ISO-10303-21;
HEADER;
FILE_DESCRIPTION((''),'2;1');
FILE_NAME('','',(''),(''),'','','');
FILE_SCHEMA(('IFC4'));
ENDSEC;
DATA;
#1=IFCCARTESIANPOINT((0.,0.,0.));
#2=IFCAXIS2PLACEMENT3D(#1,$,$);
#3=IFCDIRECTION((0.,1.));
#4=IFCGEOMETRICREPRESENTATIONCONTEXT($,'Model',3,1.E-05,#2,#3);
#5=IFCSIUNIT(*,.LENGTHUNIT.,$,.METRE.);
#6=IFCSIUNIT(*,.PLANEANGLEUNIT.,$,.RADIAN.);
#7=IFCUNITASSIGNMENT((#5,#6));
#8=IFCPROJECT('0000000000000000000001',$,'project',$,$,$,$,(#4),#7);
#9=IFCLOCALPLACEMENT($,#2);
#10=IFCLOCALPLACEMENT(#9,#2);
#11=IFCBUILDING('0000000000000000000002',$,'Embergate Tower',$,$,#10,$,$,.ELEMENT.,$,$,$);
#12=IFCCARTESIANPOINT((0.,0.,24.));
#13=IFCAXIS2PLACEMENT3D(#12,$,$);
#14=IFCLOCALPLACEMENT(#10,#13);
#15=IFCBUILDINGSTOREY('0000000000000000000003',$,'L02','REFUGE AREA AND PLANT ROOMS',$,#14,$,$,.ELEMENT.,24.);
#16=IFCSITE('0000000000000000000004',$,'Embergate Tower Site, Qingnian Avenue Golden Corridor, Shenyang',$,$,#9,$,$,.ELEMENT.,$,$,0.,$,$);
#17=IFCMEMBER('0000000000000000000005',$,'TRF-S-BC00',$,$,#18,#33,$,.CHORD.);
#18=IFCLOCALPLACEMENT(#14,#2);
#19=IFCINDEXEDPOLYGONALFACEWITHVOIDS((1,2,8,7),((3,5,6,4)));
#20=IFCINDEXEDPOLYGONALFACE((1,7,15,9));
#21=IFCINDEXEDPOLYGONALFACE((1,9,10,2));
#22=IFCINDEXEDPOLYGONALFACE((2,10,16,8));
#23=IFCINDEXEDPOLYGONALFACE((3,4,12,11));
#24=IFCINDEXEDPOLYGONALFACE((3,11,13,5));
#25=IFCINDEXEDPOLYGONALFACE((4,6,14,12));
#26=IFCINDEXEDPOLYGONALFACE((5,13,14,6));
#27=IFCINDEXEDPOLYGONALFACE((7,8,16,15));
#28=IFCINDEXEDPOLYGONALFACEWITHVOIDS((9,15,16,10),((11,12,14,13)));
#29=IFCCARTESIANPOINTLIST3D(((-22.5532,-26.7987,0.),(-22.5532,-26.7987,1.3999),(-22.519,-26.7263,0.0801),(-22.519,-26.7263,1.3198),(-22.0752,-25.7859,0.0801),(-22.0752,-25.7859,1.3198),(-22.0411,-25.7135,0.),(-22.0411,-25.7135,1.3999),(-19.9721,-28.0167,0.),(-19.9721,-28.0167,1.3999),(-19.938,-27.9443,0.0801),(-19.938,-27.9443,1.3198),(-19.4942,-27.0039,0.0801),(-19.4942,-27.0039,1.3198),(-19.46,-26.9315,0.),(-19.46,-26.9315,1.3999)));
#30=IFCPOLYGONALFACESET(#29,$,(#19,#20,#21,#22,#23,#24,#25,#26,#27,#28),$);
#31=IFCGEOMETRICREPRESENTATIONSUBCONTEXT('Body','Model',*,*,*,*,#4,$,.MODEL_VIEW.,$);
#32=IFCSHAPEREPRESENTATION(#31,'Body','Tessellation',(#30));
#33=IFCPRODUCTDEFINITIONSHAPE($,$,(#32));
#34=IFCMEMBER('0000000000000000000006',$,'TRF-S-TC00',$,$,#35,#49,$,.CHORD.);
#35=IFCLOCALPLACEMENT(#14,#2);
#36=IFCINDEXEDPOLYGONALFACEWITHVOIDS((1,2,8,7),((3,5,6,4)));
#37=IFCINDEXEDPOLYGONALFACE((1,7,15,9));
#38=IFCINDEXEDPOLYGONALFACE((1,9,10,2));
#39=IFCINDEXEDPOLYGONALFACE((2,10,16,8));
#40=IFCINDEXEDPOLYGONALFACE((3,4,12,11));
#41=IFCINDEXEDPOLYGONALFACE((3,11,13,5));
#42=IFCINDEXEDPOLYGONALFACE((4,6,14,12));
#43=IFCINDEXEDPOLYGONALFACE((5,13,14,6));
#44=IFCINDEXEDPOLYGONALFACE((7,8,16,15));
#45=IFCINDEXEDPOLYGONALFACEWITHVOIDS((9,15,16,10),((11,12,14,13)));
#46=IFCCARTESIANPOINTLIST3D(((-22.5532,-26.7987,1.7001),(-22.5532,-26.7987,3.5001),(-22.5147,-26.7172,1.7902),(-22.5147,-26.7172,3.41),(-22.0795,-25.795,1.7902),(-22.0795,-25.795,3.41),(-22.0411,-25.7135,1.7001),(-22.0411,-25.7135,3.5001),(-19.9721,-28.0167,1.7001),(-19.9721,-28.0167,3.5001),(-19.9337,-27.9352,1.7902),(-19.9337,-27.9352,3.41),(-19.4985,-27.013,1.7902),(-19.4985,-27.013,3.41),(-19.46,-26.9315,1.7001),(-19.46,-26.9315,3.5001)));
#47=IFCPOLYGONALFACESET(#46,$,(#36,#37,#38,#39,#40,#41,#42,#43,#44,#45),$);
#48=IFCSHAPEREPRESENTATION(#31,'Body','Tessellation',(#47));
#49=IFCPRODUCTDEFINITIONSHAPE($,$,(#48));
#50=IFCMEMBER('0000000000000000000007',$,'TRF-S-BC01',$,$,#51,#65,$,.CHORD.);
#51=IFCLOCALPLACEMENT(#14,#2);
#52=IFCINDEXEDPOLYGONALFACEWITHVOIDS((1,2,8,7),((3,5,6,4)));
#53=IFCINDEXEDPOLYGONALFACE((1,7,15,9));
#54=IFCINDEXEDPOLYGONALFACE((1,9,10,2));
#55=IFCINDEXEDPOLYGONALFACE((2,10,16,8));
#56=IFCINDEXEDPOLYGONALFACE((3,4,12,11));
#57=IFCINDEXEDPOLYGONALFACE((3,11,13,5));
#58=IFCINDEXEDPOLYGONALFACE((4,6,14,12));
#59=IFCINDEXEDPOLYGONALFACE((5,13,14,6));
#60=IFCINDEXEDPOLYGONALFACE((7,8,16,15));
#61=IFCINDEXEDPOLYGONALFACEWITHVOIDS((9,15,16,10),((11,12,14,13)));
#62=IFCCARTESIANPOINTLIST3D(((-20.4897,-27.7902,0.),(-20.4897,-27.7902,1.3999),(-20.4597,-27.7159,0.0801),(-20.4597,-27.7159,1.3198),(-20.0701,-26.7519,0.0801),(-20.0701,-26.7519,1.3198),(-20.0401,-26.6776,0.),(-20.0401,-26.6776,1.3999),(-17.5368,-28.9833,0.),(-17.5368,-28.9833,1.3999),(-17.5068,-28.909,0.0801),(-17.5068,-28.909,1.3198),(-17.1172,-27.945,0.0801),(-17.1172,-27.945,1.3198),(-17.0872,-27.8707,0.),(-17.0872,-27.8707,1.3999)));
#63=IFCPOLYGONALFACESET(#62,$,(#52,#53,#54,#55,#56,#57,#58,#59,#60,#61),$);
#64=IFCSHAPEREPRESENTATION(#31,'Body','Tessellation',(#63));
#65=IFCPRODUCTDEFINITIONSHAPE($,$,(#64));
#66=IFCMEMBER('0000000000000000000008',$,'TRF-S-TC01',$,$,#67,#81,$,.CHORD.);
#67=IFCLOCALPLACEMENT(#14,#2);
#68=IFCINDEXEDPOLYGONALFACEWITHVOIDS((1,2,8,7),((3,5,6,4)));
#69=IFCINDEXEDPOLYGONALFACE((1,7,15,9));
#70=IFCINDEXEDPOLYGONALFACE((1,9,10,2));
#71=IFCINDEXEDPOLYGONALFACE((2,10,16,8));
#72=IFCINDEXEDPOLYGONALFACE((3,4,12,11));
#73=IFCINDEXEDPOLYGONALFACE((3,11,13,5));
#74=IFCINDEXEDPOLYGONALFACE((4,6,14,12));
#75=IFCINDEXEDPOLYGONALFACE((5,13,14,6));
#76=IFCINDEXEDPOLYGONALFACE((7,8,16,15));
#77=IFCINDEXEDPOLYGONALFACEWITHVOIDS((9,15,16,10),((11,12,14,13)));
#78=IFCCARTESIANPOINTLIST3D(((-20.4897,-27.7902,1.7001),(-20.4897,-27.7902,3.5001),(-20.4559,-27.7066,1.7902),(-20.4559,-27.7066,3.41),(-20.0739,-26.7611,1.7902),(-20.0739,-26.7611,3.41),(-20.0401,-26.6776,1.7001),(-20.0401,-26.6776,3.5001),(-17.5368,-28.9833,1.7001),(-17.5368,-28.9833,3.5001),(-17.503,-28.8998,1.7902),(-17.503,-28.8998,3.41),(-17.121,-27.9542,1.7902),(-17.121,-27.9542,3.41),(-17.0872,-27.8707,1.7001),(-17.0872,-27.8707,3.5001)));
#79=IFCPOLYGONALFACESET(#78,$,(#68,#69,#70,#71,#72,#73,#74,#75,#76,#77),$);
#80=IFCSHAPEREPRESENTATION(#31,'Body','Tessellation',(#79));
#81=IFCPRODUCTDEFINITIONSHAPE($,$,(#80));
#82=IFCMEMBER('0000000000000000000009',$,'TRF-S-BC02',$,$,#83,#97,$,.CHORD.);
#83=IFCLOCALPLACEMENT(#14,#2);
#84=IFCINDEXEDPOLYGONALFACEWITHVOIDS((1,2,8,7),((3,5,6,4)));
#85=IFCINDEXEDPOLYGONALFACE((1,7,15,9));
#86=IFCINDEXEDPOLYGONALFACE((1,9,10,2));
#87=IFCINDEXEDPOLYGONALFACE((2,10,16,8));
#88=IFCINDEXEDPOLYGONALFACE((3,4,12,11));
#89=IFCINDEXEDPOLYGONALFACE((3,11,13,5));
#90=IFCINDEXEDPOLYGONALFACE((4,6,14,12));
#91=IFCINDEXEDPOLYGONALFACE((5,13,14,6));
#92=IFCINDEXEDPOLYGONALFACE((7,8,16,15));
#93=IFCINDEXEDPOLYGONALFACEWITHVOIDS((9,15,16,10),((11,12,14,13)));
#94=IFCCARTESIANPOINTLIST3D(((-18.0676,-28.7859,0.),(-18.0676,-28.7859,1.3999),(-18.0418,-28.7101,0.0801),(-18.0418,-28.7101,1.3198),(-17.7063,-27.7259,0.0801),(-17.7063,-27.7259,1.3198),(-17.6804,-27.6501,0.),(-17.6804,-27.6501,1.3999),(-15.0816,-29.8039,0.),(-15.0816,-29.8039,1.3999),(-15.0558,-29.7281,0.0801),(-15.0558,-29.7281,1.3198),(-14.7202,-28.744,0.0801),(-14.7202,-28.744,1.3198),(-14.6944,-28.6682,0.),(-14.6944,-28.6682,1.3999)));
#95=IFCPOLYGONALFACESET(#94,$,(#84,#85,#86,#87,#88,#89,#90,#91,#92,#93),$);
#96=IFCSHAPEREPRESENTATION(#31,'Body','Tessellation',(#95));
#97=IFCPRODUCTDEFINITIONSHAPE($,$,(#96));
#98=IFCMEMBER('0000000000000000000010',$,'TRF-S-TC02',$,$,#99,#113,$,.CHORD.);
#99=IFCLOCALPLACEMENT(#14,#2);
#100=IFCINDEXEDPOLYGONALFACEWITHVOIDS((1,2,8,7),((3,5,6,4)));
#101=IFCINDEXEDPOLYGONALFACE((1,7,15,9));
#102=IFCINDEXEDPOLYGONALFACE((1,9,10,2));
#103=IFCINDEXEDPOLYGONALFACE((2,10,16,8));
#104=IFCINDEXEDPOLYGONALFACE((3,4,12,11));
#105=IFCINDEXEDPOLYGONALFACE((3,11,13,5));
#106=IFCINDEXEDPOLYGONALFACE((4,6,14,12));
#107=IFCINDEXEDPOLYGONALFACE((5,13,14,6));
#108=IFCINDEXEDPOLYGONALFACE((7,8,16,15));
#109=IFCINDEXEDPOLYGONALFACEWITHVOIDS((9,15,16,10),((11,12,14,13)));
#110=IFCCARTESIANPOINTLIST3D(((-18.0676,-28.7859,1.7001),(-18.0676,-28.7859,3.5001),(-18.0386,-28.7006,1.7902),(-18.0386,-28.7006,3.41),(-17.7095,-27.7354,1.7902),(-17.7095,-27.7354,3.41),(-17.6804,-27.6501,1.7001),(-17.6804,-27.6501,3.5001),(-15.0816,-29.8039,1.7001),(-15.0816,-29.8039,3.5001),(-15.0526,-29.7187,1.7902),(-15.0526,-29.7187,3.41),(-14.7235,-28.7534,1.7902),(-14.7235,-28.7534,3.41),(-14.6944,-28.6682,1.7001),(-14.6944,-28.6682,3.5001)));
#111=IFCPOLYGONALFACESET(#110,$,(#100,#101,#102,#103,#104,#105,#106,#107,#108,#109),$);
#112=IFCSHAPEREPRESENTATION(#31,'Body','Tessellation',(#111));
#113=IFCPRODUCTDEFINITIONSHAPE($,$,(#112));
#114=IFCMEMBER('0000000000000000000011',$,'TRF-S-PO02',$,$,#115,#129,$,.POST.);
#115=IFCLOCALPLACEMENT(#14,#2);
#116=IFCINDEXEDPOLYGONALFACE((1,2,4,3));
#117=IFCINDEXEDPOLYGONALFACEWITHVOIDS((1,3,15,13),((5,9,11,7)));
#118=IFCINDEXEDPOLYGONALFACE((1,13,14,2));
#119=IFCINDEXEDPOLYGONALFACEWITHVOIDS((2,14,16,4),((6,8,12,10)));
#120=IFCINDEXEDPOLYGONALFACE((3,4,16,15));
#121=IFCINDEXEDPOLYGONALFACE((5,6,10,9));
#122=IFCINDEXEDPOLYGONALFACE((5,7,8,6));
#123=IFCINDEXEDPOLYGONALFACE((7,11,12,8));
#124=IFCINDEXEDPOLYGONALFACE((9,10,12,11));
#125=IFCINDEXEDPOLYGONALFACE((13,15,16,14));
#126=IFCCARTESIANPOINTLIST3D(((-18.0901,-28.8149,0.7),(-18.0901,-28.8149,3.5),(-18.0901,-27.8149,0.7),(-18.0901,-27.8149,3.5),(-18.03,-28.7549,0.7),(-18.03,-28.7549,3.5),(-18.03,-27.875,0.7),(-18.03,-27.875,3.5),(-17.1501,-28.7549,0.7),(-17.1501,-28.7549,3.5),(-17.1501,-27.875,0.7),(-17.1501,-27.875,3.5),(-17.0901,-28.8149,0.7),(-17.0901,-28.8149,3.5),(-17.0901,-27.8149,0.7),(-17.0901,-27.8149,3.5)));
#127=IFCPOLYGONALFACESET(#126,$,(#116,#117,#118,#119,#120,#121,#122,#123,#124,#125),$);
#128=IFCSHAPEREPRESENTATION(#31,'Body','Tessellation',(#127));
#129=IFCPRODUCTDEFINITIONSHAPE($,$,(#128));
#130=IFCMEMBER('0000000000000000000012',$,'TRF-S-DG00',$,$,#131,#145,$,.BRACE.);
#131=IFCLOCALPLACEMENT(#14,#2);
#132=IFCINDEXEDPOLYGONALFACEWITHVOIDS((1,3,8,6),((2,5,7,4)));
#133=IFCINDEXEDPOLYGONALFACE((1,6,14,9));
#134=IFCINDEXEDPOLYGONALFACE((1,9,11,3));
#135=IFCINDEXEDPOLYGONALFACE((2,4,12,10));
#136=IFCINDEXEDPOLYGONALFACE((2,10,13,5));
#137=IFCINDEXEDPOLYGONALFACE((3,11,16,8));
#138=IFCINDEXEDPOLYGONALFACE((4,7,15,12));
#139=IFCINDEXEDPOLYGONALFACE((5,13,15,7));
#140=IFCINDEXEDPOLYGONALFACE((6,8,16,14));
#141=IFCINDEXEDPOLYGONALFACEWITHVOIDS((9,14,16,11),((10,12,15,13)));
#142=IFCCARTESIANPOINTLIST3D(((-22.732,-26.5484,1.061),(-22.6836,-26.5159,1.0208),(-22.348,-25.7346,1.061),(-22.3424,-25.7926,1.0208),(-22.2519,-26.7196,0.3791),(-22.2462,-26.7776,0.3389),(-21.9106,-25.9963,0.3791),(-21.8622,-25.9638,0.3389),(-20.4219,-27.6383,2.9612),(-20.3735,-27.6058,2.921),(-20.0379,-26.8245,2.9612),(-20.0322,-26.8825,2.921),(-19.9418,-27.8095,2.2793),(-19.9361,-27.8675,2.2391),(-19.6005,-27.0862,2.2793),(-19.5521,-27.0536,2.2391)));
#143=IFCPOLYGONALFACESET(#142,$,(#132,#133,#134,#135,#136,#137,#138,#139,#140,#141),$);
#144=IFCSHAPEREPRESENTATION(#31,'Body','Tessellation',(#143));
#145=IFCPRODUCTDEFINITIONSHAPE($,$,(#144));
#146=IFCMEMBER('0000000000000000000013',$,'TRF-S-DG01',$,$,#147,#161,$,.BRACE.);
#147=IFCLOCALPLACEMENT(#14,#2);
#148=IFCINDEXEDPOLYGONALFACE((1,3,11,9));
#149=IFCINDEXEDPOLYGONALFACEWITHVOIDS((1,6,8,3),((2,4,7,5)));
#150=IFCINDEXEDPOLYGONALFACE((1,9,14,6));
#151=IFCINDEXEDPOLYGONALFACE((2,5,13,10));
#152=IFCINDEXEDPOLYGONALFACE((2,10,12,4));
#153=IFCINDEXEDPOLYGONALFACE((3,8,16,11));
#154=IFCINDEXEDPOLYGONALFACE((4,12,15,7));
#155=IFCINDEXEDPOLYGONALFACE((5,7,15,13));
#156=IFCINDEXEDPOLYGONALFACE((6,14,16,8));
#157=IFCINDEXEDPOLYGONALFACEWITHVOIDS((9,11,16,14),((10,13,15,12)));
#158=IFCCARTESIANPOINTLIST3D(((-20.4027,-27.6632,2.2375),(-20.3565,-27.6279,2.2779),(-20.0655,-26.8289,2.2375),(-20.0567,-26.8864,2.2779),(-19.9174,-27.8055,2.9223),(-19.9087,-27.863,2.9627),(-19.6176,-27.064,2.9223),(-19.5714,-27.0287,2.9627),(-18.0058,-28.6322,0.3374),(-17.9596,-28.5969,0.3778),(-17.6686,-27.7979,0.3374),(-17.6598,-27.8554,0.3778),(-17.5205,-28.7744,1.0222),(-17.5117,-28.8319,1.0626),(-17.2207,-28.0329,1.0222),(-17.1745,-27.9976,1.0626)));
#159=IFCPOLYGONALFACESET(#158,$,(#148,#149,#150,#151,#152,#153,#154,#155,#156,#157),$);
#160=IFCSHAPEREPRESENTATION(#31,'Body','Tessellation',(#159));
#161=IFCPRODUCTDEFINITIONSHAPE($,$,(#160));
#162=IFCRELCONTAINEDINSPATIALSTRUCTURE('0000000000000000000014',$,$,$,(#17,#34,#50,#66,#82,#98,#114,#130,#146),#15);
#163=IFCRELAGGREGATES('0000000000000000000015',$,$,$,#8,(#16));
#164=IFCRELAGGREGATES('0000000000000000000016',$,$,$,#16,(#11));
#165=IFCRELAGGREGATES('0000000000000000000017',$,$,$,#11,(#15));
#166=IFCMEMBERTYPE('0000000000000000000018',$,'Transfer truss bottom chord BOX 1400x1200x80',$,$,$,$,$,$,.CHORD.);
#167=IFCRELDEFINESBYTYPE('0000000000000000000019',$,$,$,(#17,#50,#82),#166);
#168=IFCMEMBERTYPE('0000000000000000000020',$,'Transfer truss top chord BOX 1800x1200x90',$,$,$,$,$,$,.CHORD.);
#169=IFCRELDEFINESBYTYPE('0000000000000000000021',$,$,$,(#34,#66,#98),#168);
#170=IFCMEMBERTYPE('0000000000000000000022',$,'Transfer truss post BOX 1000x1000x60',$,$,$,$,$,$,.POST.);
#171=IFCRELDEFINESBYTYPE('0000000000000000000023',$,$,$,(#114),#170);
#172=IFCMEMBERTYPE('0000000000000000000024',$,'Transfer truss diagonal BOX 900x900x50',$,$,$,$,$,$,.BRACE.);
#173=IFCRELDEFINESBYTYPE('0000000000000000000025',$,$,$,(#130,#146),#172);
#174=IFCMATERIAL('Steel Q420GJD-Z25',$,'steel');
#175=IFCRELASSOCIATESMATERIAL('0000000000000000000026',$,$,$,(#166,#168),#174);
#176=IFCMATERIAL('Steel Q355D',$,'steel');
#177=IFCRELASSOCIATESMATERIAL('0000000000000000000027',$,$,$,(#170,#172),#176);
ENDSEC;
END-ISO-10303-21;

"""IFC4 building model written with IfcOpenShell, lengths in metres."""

from ifc_helpers import new_model, si_unit, direction, frame, origin, origin_2d, place, context, subcontext, project, spatial, hollow_rectangle, extrude, source, transform, mapped, material, material_profile, profile_set, type_object, element, save


model = new_model("IFC4")

# Units and contexts
model_context = context("Model", 3, precision=1e-05, world=origin(), true_north=direction((0.0, 1.0)))
body_context = subcontext(model_context, "Body", "Model", "MODEL_VIEW")
ifc_project = project(units=[si_unit("LENGTHUNIT", "METRE"), si_unit("PLANEANGLEUNIT", "RADIAN")], contexts=[model_context])

# Site, building, storey
site_placement = place(None, origin())
site = spatial("IfcSite", under=ifc_project, at=site_placement, Name="Embergate Tower Site, Qingnian Avenue Golden Corridor, Shenyang", CompositionType="ELEMENT", RefElevation=0.0)
building_placement = place(site_placement, origin())
building = spatial("IfcBuilding", under=site, at=building_placement, Name="Embergate Tower", CompositionType="ELEMENT")
storey_placement = place(building_placement, frame((0.0, 0.0, 24.0)))
storey = spatial("IfcBuildingStorey", under=building, at=storey_placement, Name="L02", Description="REFUGE AREA AND PLANT ROOMS", CompositionType="ELEMENT", Elevation=24.0)

# Members
ifc_material_1 = material(Name="Steel Q420GJD-Z25", Category="steel")
ifc_material_profile_1 = material_profile(ifc_material_1, hollow_rectangle(XDim=1.2, YDim=1.3999, WallThickness=0.0801, at=origin_2d()), Name="BOX 1400x1200x80")
ifc_profile_set_1 = profile_set([ifc_material_profile_1], Name="Steel Q420 grade GJD-Z25")
member_type_1 = type_object("IfcMemberType", Name="Transfer truss bottom chord BOX 1400x1200x80", PredefinedType="CHORD", material=ifc_profile_set_1)
shared_shape_1 = source(origin(), body_context, "Body", "SweptSolid", [
    extrude(hollow_rectangle(XDim=1.2, YDim=1.3999, WallThickness=0.0801, at=origin_2d()), origin(), (0.0, 0.0, 1.0), 2.854),
])
member_1_placement = place(storey_placement, frame((-22.2971, -26.2561, 0.7), z_axis=(0.904359, -0.426773, 0.0), x_axis=(0.426773, 0.904359, 0.0)))
element("IfcMember", 1, at=member_1_placement, inside=storey, type_object=member_type_1, Name="TRF-S-BC00", PredefinedType="CHORD", context=body_context, shape_type="MappedRepresentation", body=[
    mapped(shared_shape_1, transform((0.0, 0.0, 0.0))),
])
ifc_material_profile_2 = material_profile(ifc_material_1, hollow_rectangle(XDim=1.2, YDim=1.8, WallThickness=0.0901, at=origin_2d()), Name="BOX 1800x1200x90")
ifc_profile_set_2 = profile_set([ifc_material_profile_2], Name="Steel Q420 grade GJD-Z25")
member_type_2 = type_object("IfcMemberType", Name="Transfer truss top chord BOX 1800x1200x90", PredefinedType="CHORD", material=ifc_profile_set_2)
shared_shape_2 = source(origin(), body_context, "Body", "SweptSolid", [
    extrude(hollow_rectangle(XDim=1.2, YDim=1.8, WallThickness=0.0901, at=origin_2d()), origin(), (0.0, 0.0, 1.0), 2.854),
])
member_2_placement = place(storey_placement, frame((-22.2971, -26.2561, 2.6001), z_axis=(0.904359, -0.426773, 0.0), x_axis=(0.426773, 0.904359, 0.0)))
element("IfcMember", 2, at=member_2_placement, inside=storey, type_object=member_type_2, Name="TRF-S-TC00", PredefinedType="CHORD", context=body_context, shape_type="MappedRepresentation", body=[
    mapped(shared_shape_2, transform((0.0, 0.0, 0.0))),
])
shared_shape_3 = source(origin(), body_context, "Body", "SweptSolid", [
    extrude(hollow_rectangle(XDim=1.2, YDim=1.3999, WallThickness=0.0801, at=origin_2d()), origin(), (0.0, 0.0, 1.0), 3.1848),
])
member_3_placement = place(storey_placement, frame((-20.2649, -27.2339, 0.7), z_axis=(0.927176, -0.374627, 0.0), x_axis=(0.374627, 0.927176, 0.0)))
element("IfcMember", 3, at=member_3_placement, inside=storey, type_object=member_type_1, Name="TRF-S-BC01", PredefinedType="CHORD", context=body_context, shape_type="MappedRepresentation", body=[
    mapped(shared_shape_3, transform((0.0, 0.0, 0.0))),
])
shared_shape_4 = source(origin(), body_context, "Body", "SweptSolid", [
    extrude(hollow_rectangle(XDim=1.2, YDim=1.8, WallThickness=0.0901, at=origin_2d()), origin(), (0.0, 0.0, 1.0), 3.1848),
])
member_4_placement = place(storey_placement, frame((-20.2649, -27.2339, 2.6001), z_axis=(0.927176, -0.374627, 0.0), x_axis=(0.374627, 0.927176, 0.0)))
element("IfcMember", 4, at=member_4_placement, inside=storey, type_object=member_type_2, Name="TRF-S-TC01", PredefinedType="CHORD", context=body_context, shape_type="MappedRepresentation", body=[
    mapped(shared_shape_4, transform((0.0, 0.0, 0.0))),
])
shared_shape_5 = source(origin(), body_context, "Body", "SweptSolid", [
    extrude(hollow_rectangle(XDim=1.2, YDim=1.3999, WallThickness=0.0801, at=origin_2d()), origin(), (0.0, 0.0, 1.0), 3.1548),
])
member_5_placement = place(storey_placement, frame((-17.874, -28.218, 0.7), z_axis=(0.946502, -0.322698, 0.0), x_axis=(0.322698, 0.946502, 0.0)))
element("IfcMember", 5, at=member_5_placement, inside=storey, type_object=member_type_1, Name="TRF-S-BC02", PredefinedType="CHORD", context=body_context, shape_type="MappedRepresentation", body=[
    mapped(shared_shape_5, transform((0.0, 0.0, 0.0))),
])
shared_shape_6 = source(origin(), body_context, "Body", "SweptSolid", [
    extrude(hollow_rectangle(XDim=1.2, YDim=1.8, WallThickness=0.0901, at=origin_2d()), origin(), (0.0, 0.0, 1.0), 3.1548),
])
member_6_placement = place(storey_placement, frame((-17.874, -28.218, 2.6001), z_axis=(0.946502, -0.322698, 0.0), x_axis=(0.322698, 0.946502, 0.0)))
element("IfcMember", 6, at=member_6_placement, inside=storey, type_object=member_type_2, Name="TRF-S-TC02", PredefinedType="CHORD", context=body_context, shape_type="MappedRepresentation", body=[
    mapped(shared_shape_6, transform((0.0, 0.0, 0.0))),
])
ifc_material_2 = material(Name="Steel Q355D", Category="steel")
ifc_material_profile_3 = material_profile(ifc_material_2, hollow_rectangle(XDim=1.0, YDim=1.0, WallThickness=0.0601, at=origin_2d()), Name="BOX 1000x1000x60")
ifc_profile_set_3 = profile_set([ifc_material_profile_3], Name="Steel Q355 grade D")
member_type_3 = type_object("IfcMemberType", Name="Transfer truss post BOX 1000x1000x60", PredefinedType="POST", material=ifc_profile_set_3)
shared_shape_7 = source(origin(), body_context, "Body", "SweptSolid", [
    extrude(hollow_rectangle(XDim=1.0, YDim=1.0, WallThickness=0.0601, at=origin_2d()), origin(), (0.0, 0.0, 1.0), 2.8),
])
member_7_placement = place(storey_placement, frame((-17.5901, -28.3149, 0.7), z_axis=(0.0, 0.0, 1.0), x_axis=(1.0, 0.0, 0.0)))
element("IfcMember", 7, at=member_7_placement, inside=storey, type_object=member_type_3, Name="TRF-S-PO02", PredefinedType="POST", context=body_context, shape_type="MappedRepresentation", body=[
    mapped(shared_shape_7, transform((0.0, 0.0, 0.0))),
])
ifc_material_profile_4 = material_profile(ifc_material_2, hollow_rectangle(XDim=0.8999, YDim=0.8999, WallThickness=0.05, at=origin_2d()), Name="BOX 900x900x50")
ifc_profile_set_4 = profile_set([ifc_material_profile_4], Name="Steel Q355 grade D")
member_type_4 = type_object("IfcMemberType", Name="Transfer truss diagonal BOX 900x900x50", PredefinedType="BRACE", material=ifc_profile_set_4)
shared_shape_8 = source(origin(), body_context, "Body", "SweptSolid", [
    extrude(hollow_rectangle(XDim=0.8999, YDim=0.8999, WallThickness=0.05, at=origin_2d()), origin(), (0.0, 0.0, 1.0), 3.1836),
])
member_8_placement = place(storey_placement, frame((-22.2971, -26.2561, 0.7), z_axis=(0.725634, -0.342341, 0.596873), x_axis=(0.426681, 0.904402, 0.0)))
element("IfcMember", 8, at=member_8_placement, inside=storey, type_object=member_type_4, Name="TRF-S-DG00", PredefinedType="BRACE", context=body_context, shape_type="MappedRepresentation", body=[
    mapped(shared_shape_8, transform((0.0, 0.0, 0.0))),
])
shared_shape_9 = source(origin(), body_context, "Body", "SweptSolid", [
    extrude(hollow_rectangle(XDim=0.8999, YDim=0.8999, WallThickness=0.05, at=origin_2d()), origin(), (0.0, 0.0, 1.0), 3.2085),
])
member_9_placement = place(storey_placement, frame((-19.9871, -27.3459, 2.6001), z_axis=(0.747051, -0.302001, -0.592208), x_axis=(0.374791, 0.927109, 0.0)))
element("IfcMember", 9, at=member_9_placement, inside=storey, type_object=member_type_4, Name="TRF-S-DG01", PredefinedType="BRACE", context=body_context, shape_type="MappedRepresentation", body=[
    mapped(shared_shape_9, transform((0.0, 0.0, 0.0))),
])

save(model, "model.ifc")
